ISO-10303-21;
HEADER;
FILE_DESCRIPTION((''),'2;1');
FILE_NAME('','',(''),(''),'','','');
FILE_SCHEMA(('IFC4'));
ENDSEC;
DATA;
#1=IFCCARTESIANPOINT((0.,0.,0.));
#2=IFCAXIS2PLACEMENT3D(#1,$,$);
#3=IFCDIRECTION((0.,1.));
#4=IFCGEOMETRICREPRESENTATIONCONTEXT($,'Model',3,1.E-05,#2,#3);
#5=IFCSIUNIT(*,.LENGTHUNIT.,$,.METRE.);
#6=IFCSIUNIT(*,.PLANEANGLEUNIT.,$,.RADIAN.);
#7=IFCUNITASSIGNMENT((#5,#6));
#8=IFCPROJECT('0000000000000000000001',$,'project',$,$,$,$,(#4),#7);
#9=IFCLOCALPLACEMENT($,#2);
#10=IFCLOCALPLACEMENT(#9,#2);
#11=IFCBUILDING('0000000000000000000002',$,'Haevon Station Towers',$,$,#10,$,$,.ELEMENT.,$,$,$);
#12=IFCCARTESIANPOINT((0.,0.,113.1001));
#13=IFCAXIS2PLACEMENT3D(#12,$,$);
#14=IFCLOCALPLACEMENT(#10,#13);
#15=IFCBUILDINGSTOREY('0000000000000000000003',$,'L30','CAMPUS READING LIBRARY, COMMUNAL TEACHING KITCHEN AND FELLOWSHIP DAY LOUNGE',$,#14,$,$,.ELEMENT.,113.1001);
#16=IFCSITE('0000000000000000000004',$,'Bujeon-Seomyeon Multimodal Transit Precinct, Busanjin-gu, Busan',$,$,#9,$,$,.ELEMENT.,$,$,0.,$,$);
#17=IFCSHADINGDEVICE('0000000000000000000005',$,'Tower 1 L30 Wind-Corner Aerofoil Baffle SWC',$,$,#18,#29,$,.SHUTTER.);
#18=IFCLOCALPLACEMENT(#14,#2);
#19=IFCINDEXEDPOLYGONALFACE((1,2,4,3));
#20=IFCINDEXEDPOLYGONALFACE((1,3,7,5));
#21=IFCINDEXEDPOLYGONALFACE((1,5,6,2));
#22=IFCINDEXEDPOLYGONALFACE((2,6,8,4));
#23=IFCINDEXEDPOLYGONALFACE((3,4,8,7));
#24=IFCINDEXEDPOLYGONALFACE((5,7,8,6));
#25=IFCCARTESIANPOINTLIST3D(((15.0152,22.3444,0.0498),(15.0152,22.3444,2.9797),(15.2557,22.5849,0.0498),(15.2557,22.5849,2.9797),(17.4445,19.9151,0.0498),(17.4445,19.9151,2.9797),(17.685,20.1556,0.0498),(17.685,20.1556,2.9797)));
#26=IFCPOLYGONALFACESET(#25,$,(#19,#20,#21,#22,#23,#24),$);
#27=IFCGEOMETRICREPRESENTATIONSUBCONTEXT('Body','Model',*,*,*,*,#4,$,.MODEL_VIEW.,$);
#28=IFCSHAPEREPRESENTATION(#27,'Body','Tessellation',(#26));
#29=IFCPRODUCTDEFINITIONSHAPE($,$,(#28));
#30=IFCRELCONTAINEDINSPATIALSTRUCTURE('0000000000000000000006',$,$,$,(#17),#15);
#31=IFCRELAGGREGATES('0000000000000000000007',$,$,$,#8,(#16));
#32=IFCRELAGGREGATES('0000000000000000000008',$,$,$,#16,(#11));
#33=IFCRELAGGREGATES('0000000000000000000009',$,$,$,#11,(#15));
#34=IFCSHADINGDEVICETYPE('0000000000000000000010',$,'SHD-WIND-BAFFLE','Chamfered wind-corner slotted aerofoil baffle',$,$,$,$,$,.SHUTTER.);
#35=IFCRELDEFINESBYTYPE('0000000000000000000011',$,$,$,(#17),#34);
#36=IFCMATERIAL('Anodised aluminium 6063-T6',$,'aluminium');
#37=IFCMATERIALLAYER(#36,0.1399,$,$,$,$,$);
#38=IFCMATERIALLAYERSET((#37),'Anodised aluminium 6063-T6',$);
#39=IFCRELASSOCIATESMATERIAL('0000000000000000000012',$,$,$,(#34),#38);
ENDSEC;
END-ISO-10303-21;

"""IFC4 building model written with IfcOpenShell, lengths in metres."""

from ifc_helpers import new_model, si_unit, direction, frame, origin, origin_2d, place, context, subcontext, project, spatial, rectangle, extrude, material, layer, layer_set, type_object, element, save


model = new_model("IFC4")

# Units and contexts
model_context = context("Model", 3, precision=1e-05, world=origin(), true_north=direction((0.0, 1.0)))
body_context = subcontext(model_context, "Body", "Model", "MODEL_VIEW")
ifc_project = project(units=[si_unit("LENGTHUNIT", "METRE"), si_unit("PLANEANGLEUNIT", "RADIAN")], contexts=[model_context])

# Site, building, storey
site_placement = place(None, origin())
site = spatial("IfcSite", under=ifc_project, at=site_placement, Name="Bujeon-Seomyeon Multimodal Transit Precinct, Busanjin-gu, Busan", CompositionType="ELEMENT", RefElevation=0.0)
building_placement = place(site_placement, origin())
building = spatial("IfcBuilding", under=site, at=building_placement, Name="Haevon Station Towers", CompositionType="ELEMENT")
storey_placement = place(building_placement, frame((0.0, 0.0, 113.1001)))
storey = spatial("IfcBuildingStorey", under=building, at=storey_placement, Name="L30", Description="CAMPUS READING LIBRARY, COMMUNAL TEACHING KITCHEN AND FELLOWSHIP DAY LOUNGE", CompositionType="ELEMENT", Elevation=113.1001)

# Shading device
ifc_material_1 = material(Name="Anodised aluminium 6063-T6", Category="aluminium")
ifc_layer_1 = layer(ifc_material_1, 0.1399)
ifc_layer_set_1 = layer_set([ifc_layer_1], Name="Anodised aluminium 6063-T6")
shading_device_type = type_object("IfcShadingDeviceType", Name="SHD-WIND-BAFFLE", Description="Chamfered wind-corner slotted aerofoil baffle", PredefinedType="SHUTTER", material=ifc_layer_set_1)
shading_device_placement = place(storey_placement, frame((16.3501, 21.25, 0.0498), z_axis=(0.0, 0.0, 1.0), x_axis=(-0.707107, 0.707107, 0.0)))
element("IfcShadingDevice", 1, at=shading_device_placement, inside=storey, type_object=shading_device_type, Name="Tower 1 L30 Wind-Corner Aerofoil Baffle SWC", PredefinedType="SHUTTER", context=body_context, shape_type="SweptSolid", body=[
    extrude(rectangle(XDim=3.4355, YDim=0.3401, at=origin_2d()), origin(), (0.0, 0.0, 1.0), 2.9299),
])

save(model, "model.ifc")
